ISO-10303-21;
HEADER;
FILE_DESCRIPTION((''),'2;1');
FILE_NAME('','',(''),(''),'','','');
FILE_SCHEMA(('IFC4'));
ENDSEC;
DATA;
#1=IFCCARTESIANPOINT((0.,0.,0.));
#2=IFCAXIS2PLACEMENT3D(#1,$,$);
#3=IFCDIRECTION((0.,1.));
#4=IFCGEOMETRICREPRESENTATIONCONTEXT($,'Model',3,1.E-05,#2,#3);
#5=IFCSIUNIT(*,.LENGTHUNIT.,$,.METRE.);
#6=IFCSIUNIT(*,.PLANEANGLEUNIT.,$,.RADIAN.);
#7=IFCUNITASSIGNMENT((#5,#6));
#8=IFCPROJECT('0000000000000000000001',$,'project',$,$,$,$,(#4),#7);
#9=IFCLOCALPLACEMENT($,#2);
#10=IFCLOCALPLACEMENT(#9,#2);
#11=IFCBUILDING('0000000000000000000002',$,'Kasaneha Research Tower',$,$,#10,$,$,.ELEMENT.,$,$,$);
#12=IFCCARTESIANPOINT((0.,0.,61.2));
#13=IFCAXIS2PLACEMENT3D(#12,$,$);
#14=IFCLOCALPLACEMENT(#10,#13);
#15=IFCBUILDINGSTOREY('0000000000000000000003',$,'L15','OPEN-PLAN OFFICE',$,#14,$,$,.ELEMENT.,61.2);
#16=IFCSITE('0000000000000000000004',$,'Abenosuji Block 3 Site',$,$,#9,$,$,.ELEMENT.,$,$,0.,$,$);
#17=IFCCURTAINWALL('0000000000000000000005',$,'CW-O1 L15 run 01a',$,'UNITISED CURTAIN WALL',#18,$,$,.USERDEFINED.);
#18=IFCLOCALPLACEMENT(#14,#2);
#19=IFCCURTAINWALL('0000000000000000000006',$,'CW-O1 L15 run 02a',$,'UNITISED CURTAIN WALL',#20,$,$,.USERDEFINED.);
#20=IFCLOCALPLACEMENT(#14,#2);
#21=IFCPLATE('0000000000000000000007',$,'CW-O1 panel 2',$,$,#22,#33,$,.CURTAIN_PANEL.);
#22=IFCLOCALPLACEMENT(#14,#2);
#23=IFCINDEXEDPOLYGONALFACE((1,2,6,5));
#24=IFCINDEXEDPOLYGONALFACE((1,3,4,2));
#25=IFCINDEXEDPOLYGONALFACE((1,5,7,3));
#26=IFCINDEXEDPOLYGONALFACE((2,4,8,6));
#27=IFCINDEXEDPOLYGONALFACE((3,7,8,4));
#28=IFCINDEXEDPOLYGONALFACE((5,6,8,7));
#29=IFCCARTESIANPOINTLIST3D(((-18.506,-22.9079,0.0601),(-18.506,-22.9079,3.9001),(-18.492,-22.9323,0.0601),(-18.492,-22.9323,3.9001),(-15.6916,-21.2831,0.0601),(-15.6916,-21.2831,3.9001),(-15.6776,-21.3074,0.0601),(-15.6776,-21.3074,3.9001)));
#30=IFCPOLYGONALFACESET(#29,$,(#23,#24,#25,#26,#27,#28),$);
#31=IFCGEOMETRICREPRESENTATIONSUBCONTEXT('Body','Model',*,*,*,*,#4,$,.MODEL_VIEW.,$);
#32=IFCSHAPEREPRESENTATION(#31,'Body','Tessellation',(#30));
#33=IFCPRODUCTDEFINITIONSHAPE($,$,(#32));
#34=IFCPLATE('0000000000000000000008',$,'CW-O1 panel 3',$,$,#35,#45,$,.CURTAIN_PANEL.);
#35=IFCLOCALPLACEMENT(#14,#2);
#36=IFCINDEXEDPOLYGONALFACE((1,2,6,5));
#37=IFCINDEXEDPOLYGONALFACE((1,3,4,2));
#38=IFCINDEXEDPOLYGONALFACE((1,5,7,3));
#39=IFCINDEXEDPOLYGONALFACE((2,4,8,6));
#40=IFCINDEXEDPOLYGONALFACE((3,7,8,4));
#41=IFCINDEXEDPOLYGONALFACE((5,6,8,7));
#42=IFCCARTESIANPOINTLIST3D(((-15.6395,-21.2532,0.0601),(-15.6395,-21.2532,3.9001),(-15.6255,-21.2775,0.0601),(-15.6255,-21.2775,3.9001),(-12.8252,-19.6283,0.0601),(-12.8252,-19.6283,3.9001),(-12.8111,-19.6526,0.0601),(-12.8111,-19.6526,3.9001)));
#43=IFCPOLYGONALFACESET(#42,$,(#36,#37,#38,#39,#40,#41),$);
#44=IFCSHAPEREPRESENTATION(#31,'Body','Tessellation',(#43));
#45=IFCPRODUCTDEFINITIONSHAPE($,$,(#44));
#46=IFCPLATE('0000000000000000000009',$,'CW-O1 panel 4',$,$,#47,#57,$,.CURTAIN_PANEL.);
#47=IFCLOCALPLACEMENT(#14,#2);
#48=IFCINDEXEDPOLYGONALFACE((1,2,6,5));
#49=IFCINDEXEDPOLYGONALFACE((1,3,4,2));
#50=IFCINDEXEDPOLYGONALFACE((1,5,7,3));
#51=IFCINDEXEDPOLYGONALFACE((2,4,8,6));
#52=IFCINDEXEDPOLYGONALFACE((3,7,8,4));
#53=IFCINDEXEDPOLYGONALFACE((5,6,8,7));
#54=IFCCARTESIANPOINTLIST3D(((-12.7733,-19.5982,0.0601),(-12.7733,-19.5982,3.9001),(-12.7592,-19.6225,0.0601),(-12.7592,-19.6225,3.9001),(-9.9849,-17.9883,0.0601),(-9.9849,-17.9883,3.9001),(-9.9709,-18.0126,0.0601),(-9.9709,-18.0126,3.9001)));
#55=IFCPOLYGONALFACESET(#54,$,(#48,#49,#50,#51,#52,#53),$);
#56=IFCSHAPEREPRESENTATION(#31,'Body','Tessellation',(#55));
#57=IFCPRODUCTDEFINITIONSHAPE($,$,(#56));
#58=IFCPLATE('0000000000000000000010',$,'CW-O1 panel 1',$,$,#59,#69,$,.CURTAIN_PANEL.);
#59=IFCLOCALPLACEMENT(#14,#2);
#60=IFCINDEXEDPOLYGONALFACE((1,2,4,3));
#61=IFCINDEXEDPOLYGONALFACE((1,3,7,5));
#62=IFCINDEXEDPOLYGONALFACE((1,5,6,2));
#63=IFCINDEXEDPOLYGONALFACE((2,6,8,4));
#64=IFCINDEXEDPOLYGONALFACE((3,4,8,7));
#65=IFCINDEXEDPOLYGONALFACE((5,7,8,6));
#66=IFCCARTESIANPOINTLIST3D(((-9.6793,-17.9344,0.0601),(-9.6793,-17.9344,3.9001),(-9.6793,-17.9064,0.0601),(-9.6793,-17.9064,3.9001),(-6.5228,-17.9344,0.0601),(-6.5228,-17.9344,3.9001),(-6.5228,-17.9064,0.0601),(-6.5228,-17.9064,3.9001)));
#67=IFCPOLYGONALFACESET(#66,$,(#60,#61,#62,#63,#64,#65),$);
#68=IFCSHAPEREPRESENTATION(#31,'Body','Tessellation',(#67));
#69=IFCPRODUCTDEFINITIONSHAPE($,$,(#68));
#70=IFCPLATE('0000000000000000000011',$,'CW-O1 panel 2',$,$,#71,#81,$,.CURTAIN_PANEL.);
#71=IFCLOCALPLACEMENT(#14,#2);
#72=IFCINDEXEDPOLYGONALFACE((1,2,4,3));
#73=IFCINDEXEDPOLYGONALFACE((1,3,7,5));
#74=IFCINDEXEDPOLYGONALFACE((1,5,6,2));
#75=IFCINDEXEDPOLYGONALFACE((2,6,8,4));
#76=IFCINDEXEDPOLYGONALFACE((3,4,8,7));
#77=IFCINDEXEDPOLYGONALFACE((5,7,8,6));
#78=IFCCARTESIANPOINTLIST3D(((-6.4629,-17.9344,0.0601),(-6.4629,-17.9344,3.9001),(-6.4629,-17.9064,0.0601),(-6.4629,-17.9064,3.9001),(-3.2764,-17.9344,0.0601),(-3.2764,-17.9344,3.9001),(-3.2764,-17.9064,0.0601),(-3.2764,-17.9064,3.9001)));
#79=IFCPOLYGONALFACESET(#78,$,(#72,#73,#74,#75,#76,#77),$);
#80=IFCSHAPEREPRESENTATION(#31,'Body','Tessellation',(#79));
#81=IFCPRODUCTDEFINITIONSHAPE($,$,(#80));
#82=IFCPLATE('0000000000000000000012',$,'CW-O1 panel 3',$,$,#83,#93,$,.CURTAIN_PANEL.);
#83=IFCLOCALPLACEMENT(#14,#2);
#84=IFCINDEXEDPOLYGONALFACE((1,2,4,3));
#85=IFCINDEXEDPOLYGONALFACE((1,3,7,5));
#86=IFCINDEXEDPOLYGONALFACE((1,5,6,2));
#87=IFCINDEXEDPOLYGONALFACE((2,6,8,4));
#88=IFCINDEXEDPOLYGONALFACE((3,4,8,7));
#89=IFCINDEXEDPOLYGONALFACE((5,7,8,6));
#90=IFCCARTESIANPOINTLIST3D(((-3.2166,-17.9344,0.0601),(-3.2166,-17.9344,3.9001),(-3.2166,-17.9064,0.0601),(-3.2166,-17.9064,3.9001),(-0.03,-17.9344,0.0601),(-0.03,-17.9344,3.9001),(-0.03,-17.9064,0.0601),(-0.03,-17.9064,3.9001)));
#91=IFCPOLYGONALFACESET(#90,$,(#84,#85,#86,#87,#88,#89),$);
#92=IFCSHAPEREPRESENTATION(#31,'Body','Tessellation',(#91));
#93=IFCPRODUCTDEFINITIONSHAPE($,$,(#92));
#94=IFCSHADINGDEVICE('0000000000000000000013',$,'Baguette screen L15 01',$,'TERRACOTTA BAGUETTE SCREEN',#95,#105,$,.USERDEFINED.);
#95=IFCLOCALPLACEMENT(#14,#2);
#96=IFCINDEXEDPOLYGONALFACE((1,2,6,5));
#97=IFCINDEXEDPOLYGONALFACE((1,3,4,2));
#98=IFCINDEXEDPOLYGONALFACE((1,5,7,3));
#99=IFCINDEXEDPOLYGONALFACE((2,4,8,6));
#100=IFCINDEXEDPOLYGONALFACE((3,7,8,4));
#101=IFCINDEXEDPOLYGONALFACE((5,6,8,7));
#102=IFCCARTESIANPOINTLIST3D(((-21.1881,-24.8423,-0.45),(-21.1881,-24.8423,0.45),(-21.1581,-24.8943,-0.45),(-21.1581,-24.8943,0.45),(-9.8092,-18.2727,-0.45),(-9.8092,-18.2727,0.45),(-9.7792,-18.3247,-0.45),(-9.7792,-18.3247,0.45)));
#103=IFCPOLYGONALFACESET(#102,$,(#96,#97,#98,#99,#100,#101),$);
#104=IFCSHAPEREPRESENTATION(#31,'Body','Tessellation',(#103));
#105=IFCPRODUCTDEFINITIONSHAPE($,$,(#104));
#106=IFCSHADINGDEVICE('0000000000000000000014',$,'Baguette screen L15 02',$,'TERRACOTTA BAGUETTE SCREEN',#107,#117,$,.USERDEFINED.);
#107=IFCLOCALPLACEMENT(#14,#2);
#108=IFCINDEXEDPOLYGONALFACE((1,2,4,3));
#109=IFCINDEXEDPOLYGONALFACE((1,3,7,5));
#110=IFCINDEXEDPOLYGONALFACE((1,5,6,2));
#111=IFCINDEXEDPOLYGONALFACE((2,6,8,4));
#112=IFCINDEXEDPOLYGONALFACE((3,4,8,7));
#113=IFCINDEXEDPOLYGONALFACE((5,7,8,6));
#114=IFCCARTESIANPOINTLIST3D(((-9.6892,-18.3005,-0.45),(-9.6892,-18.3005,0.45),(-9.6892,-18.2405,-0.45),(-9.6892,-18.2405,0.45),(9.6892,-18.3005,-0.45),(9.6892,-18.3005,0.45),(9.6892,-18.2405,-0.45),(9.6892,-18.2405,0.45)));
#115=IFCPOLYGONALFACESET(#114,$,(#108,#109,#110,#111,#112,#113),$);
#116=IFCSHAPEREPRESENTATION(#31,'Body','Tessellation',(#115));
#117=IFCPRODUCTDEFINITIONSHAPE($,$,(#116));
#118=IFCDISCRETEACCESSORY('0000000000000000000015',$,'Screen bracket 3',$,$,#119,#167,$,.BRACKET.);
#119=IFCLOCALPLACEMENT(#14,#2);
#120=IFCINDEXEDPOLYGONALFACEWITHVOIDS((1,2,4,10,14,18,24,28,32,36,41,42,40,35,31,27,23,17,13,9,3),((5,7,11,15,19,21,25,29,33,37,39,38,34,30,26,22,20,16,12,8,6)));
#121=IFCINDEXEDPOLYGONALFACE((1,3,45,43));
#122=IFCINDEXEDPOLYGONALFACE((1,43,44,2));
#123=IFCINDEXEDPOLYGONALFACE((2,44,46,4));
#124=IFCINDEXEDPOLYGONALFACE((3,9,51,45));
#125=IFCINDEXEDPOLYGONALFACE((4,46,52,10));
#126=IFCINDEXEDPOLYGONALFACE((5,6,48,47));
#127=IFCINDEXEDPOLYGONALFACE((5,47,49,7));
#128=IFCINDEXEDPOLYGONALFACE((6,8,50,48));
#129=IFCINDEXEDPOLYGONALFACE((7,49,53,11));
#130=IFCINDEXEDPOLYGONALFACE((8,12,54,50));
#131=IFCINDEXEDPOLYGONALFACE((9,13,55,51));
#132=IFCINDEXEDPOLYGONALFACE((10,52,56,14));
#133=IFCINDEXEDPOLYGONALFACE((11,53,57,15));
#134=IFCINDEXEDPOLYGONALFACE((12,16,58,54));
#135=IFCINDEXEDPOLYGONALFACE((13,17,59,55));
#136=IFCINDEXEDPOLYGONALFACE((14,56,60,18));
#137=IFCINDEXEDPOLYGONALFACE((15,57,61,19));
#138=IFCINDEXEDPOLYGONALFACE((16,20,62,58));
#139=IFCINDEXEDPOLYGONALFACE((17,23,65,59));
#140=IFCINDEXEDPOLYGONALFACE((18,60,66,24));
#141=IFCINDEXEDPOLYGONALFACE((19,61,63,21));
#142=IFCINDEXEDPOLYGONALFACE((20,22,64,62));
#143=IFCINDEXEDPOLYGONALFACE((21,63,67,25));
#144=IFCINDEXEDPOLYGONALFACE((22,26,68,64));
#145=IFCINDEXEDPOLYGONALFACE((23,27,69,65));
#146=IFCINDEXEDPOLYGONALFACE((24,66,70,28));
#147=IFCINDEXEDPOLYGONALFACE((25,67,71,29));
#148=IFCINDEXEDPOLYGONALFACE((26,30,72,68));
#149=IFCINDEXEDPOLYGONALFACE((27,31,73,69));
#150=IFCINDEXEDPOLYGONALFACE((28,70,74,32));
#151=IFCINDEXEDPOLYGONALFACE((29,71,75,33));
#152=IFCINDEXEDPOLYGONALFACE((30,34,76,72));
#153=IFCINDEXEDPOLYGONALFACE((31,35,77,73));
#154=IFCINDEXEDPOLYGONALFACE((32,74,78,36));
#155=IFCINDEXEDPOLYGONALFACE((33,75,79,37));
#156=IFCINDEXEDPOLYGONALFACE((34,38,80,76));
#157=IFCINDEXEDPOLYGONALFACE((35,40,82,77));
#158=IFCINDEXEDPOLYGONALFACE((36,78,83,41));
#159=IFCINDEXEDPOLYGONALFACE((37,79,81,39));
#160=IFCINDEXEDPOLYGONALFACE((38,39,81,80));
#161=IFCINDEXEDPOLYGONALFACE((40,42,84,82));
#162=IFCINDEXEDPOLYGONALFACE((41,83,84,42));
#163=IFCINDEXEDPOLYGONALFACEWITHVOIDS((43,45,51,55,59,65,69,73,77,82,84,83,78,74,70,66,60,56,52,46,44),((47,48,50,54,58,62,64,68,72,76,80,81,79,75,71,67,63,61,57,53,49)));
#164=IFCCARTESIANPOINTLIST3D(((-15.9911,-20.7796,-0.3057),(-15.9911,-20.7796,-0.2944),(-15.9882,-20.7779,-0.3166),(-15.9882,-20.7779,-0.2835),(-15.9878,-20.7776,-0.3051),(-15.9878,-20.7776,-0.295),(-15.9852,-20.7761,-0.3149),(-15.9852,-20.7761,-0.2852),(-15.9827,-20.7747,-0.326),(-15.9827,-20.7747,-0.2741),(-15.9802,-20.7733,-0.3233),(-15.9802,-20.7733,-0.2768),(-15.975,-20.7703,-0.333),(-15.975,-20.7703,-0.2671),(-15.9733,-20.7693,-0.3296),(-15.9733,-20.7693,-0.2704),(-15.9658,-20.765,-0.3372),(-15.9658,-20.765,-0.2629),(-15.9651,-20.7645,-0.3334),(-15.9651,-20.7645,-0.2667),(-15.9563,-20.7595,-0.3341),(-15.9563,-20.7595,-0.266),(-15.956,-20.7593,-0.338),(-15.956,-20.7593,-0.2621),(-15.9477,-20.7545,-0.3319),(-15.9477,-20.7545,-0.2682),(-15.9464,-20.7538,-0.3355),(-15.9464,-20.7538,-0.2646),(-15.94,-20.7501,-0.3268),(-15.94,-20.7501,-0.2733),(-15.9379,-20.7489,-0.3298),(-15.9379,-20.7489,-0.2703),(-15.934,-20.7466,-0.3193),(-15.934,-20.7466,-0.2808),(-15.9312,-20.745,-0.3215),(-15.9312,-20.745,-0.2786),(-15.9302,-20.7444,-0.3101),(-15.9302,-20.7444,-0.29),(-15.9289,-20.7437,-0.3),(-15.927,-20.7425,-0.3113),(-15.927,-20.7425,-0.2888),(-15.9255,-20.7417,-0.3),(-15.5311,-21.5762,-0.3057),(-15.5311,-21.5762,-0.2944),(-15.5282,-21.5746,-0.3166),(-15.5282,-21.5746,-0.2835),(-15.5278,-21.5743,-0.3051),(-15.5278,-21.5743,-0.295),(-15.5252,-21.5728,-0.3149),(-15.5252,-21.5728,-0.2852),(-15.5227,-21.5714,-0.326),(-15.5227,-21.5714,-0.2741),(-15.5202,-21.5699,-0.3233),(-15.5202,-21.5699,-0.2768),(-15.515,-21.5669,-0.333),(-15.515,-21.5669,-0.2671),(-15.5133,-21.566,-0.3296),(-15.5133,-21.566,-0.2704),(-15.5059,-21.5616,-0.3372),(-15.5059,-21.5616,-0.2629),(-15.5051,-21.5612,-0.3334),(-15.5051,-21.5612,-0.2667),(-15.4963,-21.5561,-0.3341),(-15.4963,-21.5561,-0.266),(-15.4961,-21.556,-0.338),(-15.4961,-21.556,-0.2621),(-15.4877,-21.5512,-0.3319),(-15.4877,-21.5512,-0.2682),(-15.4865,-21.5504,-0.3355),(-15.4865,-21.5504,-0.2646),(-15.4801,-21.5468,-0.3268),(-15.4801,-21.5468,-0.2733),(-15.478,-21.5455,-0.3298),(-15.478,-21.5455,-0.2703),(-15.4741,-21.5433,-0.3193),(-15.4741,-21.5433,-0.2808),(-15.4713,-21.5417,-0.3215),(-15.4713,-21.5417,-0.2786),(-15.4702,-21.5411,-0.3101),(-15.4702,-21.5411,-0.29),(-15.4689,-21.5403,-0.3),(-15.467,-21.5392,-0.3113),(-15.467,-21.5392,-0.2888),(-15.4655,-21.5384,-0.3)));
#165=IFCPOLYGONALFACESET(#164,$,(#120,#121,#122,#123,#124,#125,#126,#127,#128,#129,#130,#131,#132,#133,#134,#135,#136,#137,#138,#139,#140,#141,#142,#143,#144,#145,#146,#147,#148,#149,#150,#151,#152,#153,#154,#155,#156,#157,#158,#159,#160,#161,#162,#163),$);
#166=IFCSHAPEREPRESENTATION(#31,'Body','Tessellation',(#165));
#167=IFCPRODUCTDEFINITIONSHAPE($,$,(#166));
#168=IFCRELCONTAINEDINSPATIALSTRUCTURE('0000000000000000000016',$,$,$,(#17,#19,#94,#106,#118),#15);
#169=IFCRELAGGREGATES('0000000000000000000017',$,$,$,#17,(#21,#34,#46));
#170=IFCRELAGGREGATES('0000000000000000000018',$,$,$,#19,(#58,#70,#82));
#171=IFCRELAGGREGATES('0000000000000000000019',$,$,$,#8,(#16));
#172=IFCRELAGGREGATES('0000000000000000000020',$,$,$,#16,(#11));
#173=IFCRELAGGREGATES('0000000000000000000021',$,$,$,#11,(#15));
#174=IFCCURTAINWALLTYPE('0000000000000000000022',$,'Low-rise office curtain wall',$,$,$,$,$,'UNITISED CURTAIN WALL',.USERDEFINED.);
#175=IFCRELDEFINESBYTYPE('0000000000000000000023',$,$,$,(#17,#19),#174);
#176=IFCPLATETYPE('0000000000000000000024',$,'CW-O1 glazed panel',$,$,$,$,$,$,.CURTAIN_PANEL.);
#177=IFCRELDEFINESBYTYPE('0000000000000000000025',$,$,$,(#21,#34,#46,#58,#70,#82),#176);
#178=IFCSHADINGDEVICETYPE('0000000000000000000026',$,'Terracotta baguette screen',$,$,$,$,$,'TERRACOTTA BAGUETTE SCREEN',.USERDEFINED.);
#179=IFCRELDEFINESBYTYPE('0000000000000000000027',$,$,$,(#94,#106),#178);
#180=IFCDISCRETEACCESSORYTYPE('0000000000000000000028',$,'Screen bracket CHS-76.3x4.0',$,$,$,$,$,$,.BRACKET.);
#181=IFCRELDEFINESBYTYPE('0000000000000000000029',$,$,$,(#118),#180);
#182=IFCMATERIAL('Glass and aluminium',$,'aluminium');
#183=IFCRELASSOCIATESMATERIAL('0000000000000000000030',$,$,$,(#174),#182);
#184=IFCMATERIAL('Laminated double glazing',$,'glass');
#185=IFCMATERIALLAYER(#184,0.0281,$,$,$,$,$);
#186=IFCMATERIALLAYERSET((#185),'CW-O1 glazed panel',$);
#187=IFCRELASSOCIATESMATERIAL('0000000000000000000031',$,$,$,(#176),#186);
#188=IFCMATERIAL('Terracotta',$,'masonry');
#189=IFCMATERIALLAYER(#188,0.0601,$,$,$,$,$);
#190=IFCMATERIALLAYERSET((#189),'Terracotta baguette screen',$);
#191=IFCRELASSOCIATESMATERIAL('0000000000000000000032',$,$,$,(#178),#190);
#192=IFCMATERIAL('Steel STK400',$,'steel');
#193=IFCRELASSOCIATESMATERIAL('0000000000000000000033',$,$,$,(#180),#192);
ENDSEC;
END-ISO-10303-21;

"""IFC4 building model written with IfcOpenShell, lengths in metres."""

from ifc_helpers import new_model, si_unit, direction, frame, origin, origin_2d, place, context, subcontext, project, spatial, rectangle, hollow_circle, extrude, material, layer, layer_set, material_profile, profile_set, type_object, element, aggregate, save


model = new_model("IFC4")

# Units and contexts
model_context = context("Model", 3, precision=1e-05, world=origin(), true_north=direction((0.0, 1.0)))
body_context = subcontext(model_context, "Body", "Model", "MODEL_VIEW")
ifc_project = project(units=[si_unit("LENGTHUNIT", "METRE"), si_unit("PLANEANGLEUNIT", "RADIAN")], contexts=[model_context])

# Site, building, storey
site_placement = place(None, origin())
site = spatial("IfcSite", under=ifc_project, at=site_placement, Name="Abenosuji Block 3 Site", CompositionType="ELEMENT", RefElevation=0.0)
building_placement = place(site_placement, origin())
building = spatial("IfcBuilding", under=site, at=building_placement, Name="Kasaneha Research Tower", CompositionType="ELEMENT")
storey_placement = place(building_placement, frame((0.0, 0.0, 61.2)))
storey = spatial("IfcBuildingStorey", under=building, at=storey_placement, Name="L15", Description="OPEN-PLAN OFFICE", CompositionType="ELEMENT", Elevation=61.2)

# Curtain walls
ifc_material_1 = material(Name="Glass and aluminium", Category="aluminium")
curtain_wall_type = type_object("IfcCurtainWallType", Name="Low-rise office curtain wall", ElementType="UNITISED CURTAIN WALL", PredefinedType="USERDEFINED", material=ifc_material_1)
curtain_wall_1_placement = place(storey_placement, origin())
curtain_wall_1 = element("IfcCurtainWall", 1, at=curtain_wall_1_placement, inside=storey, type_object=curtain_wall_type, Name="CW-O1 L15 run 01a", ObjectType="UNITISED CURTAIN WALL", PredefinedType="USERDEFINED")
curtain_wall_2_placement = place(storey_placement, origin())
curtain_wall_2 = element("IfcCurtainWall", 2, at=curtain_wall_2_placement, inside=storey, type_object=curtain_wall_type, Name="CW-O1 L15 run 02a", ObjectType="UNITISED CURTAIN WALL", PredefinedType="USERDEFINED")

# Plates
ifc_material_2 = material(Name="Laminated double glazing", Category="glass")
ifc_layer_1 = layer(ifc_material_2, 0.0281)
ifc_layer_set_1 = layer_set([ifc_layer_1], Name="CW-O1 glazed panel")
plate_type = type_object("IfcPlateType", Name="CW-O1 glazed panel", PredefinedType="CURTAIN_PANEL", material=ifc_layer_set_1)
plate_1_placement = place(storey_placement, frame((-17.0918, -22.1077, 0.0601), z_axis=(0.0, 0.0, 1.0), x_axis=(0.866025, 0.5, 0.0)))
plate_1 = element("IfcPlate", 3, at=plate_1_placement, type_object=plate_type, Name="CW-O1 panel 2", PredefinedType="CURTAIN_PANEL", context=body_context, shape_type="SweptSolid", body=[
    extrude(rectangle(XDim=3.2498, YDim=0.0281, at=origin_2d()), origin(), (0.0, 0.0, 1.0), 3.8401),
])
plate_2_placement = place(storey_placement, frame((-14.2253, -20.4529, 0.0601), z_axis=(0.0, 0.0, 1.0), x_axis=(0.866025, 0.5, 0.0)))
plate_2 = element("IfcPlate", 4, at=plate_2_placement, type_object=plate_type, Name="CW-O1 panel 3", PredefinedType="CURTAIN_PANEL", context=body_context, shape_type="SweptSolid", body=[
    extrude(rectangle(XDim=3.2498, YDim=0.0281, at=origin_2d()), origin(), (0.0, 0.0, 1.0), 3.8401),
])
plate_3_placement = place(storey_placement, frame((-11.3721, -18.8054, 0.0601), z_axis=(0.0, 0.0, 1.0), x_axis=(0.866025, 0.5, 0.0)))
plate_3 = element("IfcPlate", 5, at=plate_3_placement, type_object=plate_type, Name="CW-O1 panel 4", PredefinedType="CURTAIN_PANEL", context=body_context, shape_type="SweptSolid", body=[
    extrude(rectangle(XDim=3.2197, YDim=0.0281, at=origin_2d()), origin(), (0.0, 0.0, 1.0), 3.8401),
])
aggregate(curtain_wall_1, [plate_1, plate_2, plate_3])
plate_4_placement = place(storey_placement, frame((-8.1011, -17.9204, 0.0601), z_axis=(0.0, 0.0, 1.0), x_axis=(1.0, 0.0, 0.0)))
plate_4 = element("IfcPlate", 6, at=plate_4_placement, type_object=plate_type, Name="CW-O1 panel 1", PredefinedType="CURTAIN_PANEL", context=body_context, shape_type="SweptSolid", body=[
    extrude(rectangle(XDim=3.1565, YDim=0.0281, at=origin_2d()), origin(), (0.0, 0.0, 1.0), 3.8401),
])
plate_5_placement = place(storey_placement, frame((-4.8696, -17.9204, 0.0601), z_axis=(0.0, 0.0, 1.0), x_axis=(1.0, 0.0, 0.0)))
plate_5 = element("IfcPlate", 7, at=plate_5_placement, type_object=plate_type, Name="CW-O1 panel 2", PredefinedType="CURTAIN_PANEL", context=body_context, shape_type="SweptSolid", body=[
    extrude(rectangle(XDim=3.1865, YDim=0.0281, at=origin_2d()), origin(), (0.0, 0.0, 1.0), 3.8401),
])
plate_6_placement = place(storey_placement, frame((-1.6233, -17.9204, 0.0601), z_axis=(0.0, 0.0, 1.0), x_axis=(1.0, 0.0, 0.0)))
plate_6 = element("IfcPlate", 8, at=plate_6_placement, type_object=plate_type, Name="CW-O1 panel 3", PredefinedType="CURTAIN_PANEL", context=body_context, shape_type="SweptSolid", body=[
    extrude(rectangle(XDim=3.1865, YDim=0.0281, at=origin_2d()), origin(), (0.0, 0.0, 1.0), 3.8401),
])
aggregate(curtain_wall_2, [plate_4, plate_5, plate_6])

# Shading devices
ifc_material_3 = material(Name="Terracotta", Category="masonry")
ifc_layer_2 = layer(ifc_material_3, 0.0601)
ifc_layer_set_2 = layer_set([ifc_layer_2], Name="Terracotta baguette screen")
shading_device_type = type_object("IfcShadingDeviceType", Name="Terracotta baguette screen", ElementType="TERRACOTTA BAGUETTE SCREEN", PredefinedType="USERDEFINED", material=ifc_layer_set_2)
shading_device_1_placement = place(storey_placement, frame((-15.4836, -21.5835, -0.45), z_axis=(0.0, 0.0, 1.0), x_axis=(0.866025, 0.5, 0.0)))
element("IfcShadingDevice", 9, at=shading_device_1_placement, inside=storey, type_object=shading_device_type, Name="Baguette screen L15 01", ObjectType="TERRACOTTA BAGUETTE SCREEN", PredefinedType="USERDEFINED", context=body_context, shape_type="SweptSolid", body=[
    extrude(rectangle(XDim=13.1392, YDim=0.0601, at=origin_2d()), origin(), (0.0, 0.0, 1.0), 0.8999),
])
shading_device_2_placement = place(storey_placement, frame((0.0, -18.2705, -0.45), z_axis=(0.0, 0.0, 1.0), x_axis=(1.0, 0.0, 0.0)))
element("IfcShadingDevice", 10, at=shading_device_2_placement, inside=storey, type_object=shading_device_type, Name="Baguette screen L15 02", ObjectType="TERRACOTTA BAGUETTE SCREEN", PredefinedType="USERDEFINED", context=body_context, shape_type="SweptSolid", body=[
    extrude(rectangle(XDim=19.3784, YDim=0.0601, at=origin_2d()), origin(), (0.0, 0.0, 1.0), 0.8999),
])

# Discrete accessory
ifc_material_4 = material(Name="Steel STK400", Category="steel")
ifc_material_profile_1 = material_profile(ifc_material_4, hollow_circle(Radius=0.0381, WallThickness=0.0039, at=origin_2d()), Name="CHS-76.3x4.0")
ifc_profile_set_1 = profile_set([ifc_material_profile_1], Name="Steel STK400")
discrete_accessory_type = type_object("IfcDiscreteAccessoryType", Name="Screen bracket CHS-76.3x4.0", PredefinedType="BRACKET", material=ifc_profile_set_1)
discrete_accessory_1_placement = place(storey_placement, frame((-15.9585, -20.7607, -0.3), z_axis=(0.500021, -0.866013, 0.0), x_axis=(0.866013, 0.500021, 0.0)))
element("IfcDiscreteAccessory", 11, at=discrete_accessory_1_placement, inside=storey, type_object=discrete_accessory_type, Name="Screen bracket 3", PredefinedType="BRACKET", context=body_context, shape_type="SweptSolid", body=[
    extrude(hollow_circle(Radius=0.0381, WallThickness=0.0039, at=origin_2d()), origin(), (0.0, 0.0, 1.0), 0.9199),
])

save(model, "model.ifc")
